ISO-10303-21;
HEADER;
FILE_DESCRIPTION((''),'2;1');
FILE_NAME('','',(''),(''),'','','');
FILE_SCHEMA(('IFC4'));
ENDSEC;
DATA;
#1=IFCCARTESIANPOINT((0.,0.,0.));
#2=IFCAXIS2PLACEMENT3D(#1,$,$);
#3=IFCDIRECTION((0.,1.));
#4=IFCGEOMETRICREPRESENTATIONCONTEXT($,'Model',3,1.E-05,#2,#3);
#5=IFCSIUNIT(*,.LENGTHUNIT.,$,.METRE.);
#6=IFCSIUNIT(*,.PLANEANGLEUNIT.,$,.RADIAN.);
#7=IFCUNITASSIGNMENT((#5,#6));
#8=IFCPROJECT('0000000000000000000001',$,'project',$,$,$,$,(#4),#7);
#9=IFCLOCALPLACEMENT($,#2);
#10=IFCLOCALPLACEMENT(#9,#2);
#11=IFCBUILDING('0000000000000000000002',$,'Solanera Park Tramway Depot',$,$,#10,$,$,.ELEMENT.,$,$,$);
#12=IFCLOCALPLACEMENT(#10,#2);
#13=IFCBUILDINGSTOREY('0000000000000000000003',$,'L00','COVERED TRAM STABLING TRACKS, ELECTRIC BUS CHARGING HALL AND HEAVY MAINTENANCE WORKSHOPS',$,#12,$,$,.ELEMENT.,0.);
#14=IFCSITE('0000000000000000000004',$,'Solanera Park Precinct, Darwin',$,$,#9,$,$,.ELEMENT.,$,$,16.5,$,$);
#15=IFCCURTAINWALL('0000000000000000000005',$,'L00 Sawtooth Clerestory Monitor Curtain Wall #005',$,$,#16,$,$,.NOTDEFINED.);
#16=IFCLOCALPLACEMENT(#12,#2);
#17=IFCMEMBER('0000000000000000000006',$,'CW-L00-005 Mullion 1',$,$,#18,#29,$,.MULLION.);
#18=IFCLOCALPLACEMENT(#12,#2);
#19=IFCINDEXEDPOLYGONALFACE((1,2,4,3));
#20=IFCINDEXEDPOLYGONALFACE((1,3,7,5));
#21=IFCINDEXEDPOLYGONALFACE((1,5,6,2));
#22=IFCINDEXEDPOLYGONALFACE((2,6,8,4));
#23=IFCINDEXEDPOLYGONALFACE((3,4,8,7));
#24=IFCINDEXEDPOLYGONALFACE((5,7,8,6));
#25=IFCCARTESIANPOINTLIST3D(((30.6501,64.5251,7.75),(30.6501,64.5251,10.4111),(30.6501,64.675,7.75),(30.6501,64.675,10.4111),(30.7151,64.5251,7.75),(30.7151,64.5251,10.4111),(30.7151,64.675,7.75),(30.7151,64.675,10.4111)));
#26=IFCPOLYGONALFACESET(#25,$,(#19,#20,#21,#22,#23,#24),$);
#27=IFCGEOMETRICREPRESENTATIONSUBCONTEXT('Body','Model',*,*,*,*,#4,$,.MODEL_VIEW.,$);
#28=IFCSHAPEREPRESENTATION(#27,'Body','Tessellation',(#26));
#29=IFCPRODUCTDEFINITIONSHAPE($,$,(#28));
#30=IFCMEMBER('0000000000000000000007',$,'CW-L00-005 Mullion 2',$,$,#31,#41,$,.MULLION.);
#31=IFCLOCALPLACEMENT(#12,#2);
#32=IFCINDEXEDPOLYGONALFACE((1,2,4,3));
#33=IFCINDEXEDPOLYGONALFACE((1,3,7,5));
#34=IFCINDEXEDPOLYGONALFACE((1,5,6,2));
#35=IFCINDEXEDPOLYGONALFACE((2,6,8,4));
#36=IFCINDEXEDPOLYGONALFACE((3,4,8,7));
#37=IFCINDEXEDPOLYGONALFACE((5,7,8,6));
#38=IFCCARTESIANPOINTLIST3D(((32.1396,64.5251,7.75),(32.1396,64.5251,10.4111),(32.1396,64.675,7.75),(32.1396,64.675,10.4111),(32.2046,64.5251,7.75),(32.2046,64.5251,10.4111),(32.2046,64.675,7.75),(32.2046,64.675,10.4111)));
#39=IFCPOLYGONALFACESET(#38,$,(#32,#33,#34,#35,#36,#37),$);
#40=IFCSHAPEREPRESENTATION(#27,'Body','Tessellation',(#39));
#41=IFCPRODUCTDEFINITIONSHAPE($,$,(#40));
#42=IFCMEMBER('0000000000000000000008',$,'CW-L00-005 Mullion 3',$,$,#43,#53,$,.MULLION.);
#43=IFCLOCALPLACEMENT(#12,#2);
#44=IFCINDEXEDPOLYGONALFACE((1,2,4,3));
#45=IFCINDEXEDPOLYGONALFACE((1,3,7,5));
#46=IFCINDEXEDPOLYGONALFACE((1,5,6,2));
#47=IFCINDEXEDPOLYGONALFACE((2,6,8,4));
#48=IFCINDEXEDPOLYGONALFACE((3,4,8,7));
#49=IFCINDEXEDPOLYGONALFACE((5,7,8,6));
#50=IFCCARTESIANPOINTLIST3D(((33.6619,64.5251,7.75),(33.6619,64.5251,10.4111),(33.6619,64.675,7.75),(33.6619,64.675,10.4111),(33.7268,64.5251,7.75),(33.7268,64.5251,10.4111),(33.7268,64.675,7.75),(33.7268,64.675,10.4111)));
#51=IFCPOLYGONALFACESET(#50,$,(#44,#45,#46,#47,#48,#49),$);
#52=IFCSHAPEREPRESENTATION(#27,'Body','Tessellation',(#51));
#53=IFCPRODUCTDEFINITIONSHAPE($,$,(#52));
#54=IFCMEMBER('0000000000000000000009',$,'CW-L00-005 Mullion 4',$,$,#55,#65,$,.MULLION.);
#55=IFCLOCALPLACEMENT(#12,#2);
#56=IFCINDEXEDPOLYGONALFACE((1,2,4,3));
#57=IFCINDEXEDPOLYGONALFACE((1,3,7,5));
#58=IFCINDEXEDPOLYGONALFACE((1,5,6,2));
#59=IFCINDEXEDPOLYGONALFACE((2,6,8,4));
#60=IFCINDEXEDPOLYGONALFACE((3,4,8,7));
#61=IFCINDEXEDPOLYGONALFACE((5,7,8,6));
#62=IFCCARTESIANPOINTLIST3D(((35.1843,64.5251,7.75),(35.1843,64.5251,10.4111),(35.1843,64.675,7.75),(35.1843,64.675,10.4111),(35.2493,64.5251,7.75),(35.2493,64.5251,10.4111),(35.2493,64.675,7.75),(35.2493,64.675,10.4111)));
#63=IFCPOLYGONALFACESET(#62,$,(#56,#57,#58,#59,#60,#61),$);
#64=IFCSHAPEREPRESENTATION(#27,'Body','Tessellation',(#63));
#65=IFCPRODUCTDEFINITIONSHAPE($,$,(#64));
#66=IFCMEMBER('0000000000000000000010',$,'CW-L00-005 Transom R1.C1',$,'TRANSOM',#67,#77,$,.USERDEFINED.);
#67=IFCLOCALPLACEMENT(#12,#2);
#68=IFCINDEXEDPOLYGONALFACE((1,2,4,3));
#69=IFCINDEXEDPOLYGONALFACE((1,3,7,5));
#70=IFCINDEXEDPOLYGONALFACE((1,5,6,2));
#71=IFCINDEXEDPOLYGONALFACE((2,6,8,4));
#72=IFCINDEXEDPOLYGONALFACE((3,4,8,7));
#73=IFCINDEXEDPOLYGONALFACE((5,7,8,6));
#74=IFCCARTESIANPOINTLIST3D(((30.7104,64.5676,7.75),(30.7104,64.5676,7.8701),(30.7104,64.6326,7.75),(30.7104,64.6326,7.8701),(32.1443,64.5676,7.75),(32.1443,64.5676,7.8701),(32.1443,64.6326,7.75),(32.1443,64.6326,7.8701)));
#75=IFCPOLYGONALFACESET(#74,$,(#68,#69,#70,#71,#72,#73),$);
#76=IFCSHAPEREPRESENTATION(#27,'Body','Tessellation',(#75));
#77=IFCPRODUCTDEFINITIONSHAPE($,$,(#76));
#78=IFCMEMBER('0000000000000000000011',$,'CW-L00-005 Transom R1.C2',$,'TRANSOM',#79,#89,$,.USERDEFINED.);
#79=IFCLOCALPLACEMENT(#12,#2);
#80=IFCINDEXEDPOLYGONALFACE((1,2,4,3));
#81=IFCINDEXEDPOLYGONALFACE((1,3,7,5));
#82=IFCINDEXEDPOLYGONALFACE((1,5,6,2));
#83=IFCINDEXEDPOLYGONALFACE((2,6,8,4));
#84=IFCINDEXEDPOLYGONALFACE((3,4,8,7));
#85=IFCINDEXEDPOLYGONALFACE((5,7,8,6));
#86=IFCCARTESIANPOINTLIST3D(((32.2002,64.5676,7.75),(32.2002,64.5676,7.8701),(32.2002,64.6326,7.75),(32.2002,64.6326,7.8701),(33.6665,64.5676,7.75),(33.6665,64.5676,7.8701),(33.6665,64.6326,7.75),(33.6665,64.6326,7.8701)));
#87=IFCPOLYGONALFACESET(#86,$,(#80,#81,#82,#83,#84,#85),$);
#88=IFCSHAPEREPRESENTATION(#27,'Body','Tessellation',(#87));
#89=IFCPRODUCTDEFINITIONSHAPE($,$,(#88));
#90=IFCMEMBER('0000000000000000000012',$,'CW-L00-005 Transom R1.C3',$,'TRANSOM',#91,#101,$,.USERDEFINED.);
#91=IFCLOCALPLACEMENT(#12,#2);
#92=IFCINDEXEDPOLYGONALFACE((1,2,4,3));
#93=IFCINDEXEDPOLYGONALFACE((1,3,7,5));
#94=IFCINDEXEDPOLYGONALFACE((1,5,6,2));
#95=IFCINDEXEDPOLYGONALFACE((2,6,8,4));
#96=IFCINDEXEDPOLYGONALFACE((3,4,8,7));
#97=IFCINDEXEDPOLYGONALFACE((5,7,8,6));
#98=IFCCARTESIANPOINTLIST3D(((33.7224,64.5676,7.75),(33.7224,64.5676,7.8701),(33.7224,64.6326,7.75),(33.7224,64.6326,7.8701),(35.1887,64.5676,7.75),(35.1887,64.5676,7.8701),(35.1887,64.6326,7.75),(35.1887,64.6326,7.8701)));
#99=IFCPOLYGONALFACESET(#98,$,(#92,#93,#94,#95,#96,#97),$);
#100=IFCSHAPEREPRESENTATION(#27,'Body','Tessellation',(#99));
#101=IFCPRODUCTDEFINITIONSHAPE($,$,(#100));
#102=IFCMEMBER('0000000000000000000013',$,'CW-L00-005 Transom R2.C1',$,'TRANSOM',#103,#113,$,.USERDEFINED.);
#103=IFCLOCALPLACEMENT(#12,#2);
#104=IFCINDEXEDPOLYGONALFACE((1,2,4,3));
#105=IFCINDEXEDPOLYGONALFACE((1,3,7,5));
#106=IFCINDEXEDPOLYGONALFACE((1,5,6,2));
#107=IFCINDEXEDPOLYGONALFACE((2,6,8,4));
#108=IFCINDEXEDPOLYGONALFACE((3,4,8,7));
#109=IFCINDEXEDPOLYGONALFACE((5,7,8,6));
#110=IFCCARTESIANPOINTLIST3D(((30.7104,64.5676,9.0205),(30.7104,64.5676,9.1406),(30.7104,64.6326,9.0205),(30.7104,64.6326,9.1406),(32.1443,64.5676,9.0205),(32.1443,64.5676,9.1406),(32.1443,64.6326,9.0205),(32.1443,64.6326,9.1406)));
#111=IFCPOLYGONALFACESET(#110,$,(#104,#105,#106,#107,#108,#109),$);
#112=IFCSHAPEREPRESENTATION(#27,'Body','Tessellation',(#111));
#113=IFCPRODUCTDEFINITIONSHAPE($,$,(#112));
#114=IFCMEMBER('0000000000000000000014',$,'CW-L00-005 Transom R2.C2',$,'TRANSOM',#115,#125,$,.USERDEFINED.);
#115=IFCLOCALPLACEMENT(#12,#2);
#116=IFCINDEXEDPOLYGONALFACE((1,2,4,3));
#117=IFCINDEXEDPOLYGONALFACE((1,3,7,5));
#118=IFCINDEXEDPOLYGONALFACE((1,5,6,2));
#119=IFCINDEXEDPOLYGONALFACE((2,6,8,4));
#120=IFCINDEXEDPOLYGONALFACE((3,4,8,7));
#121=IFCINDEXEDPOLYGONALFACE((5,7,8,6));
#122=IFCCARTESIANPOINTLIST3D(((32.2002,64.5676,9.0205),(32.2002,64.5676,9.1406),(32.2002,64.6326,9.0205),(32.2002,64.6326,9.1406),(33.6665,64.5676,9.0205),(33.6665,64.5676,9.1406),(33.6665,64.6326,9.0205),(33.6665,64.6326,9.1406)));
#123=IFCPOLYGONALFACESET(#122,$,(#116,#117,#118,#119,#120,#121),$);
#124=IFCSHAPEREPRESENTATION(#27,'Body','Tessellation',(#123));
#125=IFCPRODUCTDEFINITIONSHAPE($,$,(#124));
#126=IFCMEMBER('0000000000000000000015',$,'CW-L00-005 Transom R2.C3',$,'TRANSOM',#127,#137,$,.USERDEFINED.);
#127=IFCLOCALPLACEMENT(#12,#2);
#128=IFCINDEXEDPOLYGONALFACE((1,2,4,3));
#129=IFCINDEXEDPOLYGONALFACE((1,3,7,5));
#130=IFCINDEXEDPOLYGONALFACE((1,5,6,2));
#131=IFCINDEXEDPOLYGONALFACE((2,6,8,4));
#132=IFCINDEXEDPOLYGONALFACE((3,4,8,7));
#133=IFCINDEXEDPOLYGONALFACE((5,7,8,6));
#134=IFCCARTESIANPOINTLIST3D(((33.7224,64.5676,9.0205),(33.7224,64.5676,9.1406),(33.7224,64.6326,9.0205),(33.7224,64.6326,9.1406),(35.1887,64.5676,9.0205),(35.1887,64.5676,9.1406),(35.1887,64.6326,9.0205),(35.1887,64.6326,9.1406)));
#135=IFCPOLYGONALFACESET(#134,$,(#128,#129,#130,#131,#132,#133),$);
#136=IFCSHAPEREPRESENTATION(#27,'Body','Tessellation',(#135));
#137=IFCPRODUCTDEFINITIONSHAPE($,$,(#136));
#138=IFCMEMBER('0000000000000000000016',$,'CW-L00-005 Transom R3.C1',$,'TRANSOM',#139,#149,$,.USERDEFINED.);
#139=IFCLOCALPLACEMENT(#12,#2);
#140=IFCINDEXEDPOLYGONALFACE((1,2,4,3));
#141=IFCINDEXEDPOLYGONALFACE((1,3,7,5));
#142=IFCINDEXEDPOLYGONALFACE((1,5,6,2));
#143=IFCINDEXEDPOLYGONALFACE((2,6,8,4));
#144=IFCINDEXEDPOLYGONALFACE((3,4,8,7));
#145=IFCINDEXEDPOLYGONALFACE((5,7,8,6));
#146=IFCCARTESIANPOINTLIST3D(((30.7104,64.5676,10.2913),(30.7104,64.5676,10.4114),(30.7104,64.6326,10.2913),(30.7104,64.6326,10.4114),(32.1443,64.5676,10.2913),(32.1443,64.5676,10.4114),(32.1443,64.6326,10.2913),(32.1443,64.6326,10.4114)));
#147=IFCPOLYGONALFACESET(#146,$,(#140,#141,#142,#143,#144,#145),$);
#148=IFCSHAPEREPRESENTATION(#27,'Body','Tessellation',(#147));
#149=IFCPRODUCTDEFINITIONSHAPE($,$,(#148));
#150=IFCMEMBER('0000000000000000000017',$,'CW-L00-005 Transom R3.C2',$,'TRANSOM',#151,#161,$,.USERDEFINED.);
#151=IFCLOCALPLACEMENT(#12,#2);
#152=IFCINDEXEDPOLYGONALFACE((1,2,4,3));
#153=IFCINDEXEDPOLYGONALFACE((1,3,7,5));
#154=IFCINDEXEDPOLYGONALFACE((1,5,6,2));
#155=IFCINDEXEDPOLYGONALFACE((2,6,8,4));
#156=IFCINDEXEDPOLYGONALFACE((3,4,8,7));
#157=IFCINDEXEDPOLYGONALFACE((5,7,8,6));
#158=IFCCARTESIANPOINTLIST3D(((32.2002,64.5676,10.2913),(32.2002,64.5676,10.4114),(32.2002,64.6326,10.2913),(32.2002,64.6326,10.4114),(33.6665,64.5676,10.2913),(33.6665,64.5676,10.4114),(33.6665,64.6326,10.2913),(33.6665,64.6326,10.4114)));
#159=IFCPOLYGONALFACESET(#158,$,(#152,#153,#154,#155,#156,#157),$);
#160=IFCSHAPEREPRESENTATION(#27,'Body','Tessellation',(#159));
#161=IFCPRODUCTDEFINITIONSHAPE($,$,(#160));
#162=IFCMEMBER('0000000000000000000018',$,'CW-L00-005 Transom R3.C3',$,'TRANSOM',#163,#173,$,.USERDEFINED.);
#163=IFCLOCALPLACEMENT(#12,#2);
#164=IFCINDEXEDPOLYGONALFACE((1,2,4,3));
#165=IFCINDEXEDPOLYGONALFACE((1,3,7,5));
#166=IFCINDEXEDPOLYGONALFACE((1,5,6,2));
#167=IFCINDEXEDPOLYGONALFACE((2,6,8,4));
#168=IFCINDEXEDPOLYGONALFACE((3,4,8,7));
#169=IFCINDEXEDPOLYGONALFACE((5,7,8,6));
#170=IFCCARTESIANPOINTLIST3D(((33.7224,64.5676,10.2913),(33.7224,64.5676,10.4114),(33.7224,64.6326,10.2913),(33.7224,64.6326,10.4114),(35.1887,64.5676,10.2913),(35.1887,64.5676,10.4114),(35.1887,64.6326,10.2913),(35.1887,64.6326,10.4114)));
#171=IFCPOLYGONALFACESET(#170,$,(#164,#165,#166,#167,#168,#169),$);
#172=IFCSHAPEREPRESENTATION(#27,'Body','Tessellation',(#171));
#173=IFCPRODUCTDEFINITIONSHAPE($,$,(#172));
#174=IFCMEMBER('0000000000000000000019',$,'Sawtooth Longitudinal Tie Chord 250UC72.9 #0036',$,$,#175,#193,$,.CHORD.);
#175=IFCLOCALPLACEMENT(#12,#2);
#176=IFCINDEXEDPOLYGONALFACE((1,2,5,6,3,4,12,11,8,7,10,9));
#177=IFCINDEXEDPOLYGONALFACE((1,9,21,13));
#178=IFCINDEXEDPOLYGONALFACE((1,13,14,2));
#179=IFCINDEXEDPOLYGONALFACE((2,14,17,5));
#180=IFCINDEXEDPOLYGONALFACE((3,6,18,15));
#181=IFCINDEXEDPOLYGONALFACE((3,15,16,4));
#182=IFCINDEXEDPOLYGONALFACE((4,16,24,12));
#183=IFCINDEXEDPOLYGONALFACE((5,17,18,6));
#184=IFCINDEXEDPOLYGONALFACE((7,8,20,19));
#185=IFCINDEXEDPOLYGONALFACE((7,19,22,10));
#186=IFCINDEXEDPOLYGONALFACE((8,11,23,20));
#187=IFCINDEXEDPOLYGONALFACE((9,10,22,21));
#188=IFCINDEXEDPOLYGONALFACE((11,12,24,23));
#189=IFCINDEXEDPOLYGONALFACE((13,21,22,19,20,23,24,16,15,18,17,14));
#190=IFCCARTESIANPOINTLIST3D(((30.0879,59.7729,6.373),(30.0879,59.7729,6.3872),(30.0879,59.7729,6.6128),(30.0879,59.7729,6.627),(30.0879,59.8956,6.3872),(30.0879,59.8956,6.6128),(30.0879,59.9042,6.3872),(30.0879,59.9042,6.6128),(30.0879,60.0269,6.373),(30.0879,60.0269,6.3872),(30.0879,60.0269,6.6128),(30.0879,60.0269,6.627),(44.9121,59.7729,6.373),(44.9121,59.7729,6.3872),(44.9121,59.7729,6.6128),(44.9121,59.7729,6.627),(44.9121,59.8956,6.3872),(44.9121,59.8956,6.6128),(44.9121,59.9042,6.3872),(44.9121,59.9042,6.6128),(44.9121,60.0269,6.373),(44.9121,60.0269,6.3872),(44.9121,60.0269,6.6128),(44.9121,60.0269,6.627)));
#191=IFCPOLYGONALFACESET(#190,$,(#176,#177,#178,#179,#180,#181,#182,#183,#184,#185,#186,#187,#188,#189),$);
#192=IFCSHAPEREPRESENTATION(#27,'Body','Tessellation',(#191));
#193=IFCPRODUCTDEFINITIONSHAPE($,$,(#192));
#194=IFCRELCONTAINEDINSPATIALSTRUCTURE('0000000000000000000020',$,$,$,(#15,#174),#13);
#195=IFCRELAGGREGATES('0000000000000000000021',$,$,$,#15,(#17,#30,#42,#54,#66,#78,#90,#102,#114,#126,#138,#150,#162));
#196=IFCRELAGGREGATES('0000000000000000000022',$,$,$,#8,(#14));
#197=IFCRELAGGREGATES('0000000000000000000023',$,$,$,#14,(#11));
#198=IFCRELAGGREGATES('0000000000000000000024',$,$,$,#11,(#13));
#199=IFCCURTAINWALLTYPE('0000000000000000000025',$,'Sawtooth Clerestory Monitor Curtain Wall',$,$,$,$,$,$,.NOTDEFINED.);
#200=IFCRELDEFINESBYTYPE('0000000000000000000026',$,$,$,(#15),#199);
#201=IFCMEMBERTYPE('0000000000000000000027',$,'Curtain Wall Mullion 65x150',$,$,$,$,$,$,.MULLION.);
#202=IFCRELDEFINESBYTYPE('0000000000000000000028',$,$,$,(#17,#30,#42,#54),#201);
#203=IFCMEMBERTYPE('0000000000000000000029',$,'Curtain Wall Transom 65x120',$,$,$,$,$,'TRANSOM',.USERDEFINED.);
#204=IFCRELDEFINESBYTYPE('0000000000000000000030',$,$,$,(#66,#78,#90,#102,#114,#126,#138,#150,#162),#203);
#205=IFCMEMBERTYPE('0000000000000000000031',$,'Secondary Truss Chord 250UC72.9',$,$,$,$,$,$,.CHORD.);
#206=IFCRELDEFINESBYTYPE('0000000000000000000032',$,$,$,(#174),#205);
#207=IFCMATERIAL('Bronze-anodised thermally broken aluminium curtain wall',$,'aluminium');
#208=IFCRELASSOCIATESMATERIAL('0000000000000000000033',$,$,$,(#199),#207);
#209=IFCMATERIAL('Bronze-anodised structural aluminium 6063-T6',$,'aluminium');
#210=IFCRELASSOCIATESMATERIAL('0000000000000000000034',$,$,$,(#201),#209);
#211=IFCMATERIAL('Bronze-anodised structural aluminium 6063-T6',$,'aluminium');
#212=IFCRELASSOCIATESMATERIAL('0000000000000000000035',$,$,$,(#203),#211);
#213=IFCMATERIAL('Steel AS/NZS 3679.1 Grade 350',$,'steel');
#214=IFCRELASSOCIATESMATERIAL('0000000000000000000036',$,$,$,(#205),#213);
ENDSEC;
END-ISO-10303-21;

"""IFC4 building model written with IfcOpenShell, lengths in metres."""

from ifc_helpers import new_model, si_unit, direction, frame, origin, origin_2d, place, context, subcontext, project, spatial, rectangle, i_section, extrude, material, material_profile, profile_set, type_object, element, aggregate, save


model = new_model("IFC4")

# Units and contexts
model_context = context("Model", 3, precision=1e-05, world=origin(), true_north=direction((0.0, 1.0)))
body_context = subcontext(model_context, "Body", "Model", "MODEL_VIEW")
ifc_project = project(units=[si_unit("LENGTHUNIT", "METRE"), si_unit("PLANEANGLEUNIT", "RADIAN")], contexts=[model_context])

# Site, building, storey
site_placement = place(None, origin())
site = spatial("IfcSite", under=ifc_project, at=site_placement, Name="Solanera Park Precinct, Darwin", CompositionType="ELEMENT", RefElevation=16.5)
building_placement = place(site_placement, origin())
building = spatial("IfcBuilding", under=site, at=building_placement, Name="Solanera Park Tramway Depot", CompositionType="ELEMENT")
storey_placement = place(building_placement, origin())
storey = spatial("IfcBuildingStorey", under=building, at=storey_placement, Name="L00", Description="COVERED TRAM STABLING TRACKS, ELECTRIC BUS CHARGING HALL AND HEAVY MAINTENANCE WORKSHOPS", CompositionType="ELEMENT", Elevation=0.0)

# Curtain wall, members
ifc_material_1 = material(Name="Bronze-anodised thermally broken aluminium curtain wall", Category="aluminium")
curtain_wall_type = type_object("IfcCurtainWallType", Name="Sawtooth Clerestory Monitor Curtain Wall", PredefinedType="NOTDEFINED", material=ifc_material_1)
curtain_wall_placement = place(storey_placement, origin())
curtain_wall = element("IfcCurtainWall", 1, at=curtain_wall_placement, inside=storey, type_object=curtain_wall_type, Name="L00 Sawtooth Clerestory Monitor Curtain Wall #005", PredefinedType="NOTDEFINED")
ifc_material_2 = material(Name="Bronze-anodised structural aluminium 6063-T6", Category="aluminium")
ifc_material_profile_1 = material_profile(ifc_material_2, rectangle(XDim=0.0649, YDim=0.1499, at=origin_2d()), Name="Curtain Wall Mullion 65x150")
ifc_profile_set_1 = profile_set([ifc_material_profile_1], Name="Bronze-anodised structural aluminium 6063-T6")
member_type_1 = type_object("IfcMemberType", Name="Curtain Wall Mullion 65x150", PredefinedType="MULLION", material=ifc_profile_set_1)
member_1_placement = place(storey_placement, frame((30.6826, 64.6001, 7.75), z_axis=(0.0, 0.0, 1.0), x_axis=(1.0, 0.0, 0.0)))
member_1 = element("IfcMember", 2, at=member_1_placement, type_object=member_type_1, Name="CW-L00-005 Mullion 1", PredefinedType="MULLION", context=body_context, shape_type="SweptSolid", body=[
    extrude(rectangle(XDim=0.0649, YDim=0.1499, at=origin_2d()), origin(), (0.0, 0.0, 1.0), 2.6611),
])
member_2_placement = place(storey_placement, frame((32.1721, 64.6001, 7.75), z_axis=(0.0, 0.0, 1.0), x_axis=(1.0, 0.0, 0.0)))
member_2 = element("IfcMember", 3, at=member_2_placement, type_object=member_type_1, Name="CW-L00-005 Mullion 2", PredefinedType="MULLION", context=body_context, shape_type="SweptSolid", body=[
    extrude(rectangle(XDim=0.0649, YDim=0.1499, at=origin_2d()), origin(), (0.0, 0.0, 1.0), 2.6611),
])
member_3_placement = place(storey_placement, frame((33.6943, 64.6001, 7.75), z_axis=(0.0, 0.0, 1.0), x_axis=(1.0, 0.0, 0.0)))
member_3 = element("IfcMember", 4, at=member_3_placement, type_object=member_type_1, Name="CW-L00-005 Mullion 3", PredefinedType="MULLION", context=body_context, shape_type="SweptSolid", body=[
    extrude(rectangle(XDim=0.0649, YDim=0.1499, at=origin_2d()), origin(), (0.0, 0.0, 1.0), 2.6611),
])
member_4_placement = place(storey_placement, frame((35.2168, 64.6001, 7.75), z_axis=(0.0, 0.0, 1.0), x_axis=(1.0, 0.0, 0.0)))
member_4 = element("IfcMember", 5, at=member_4_placement, type_object=member_type_1, Name="CW-L00-005 Mullion 4", PredefinedType="MULLION", context=body_context, shape_type="SweptSolid", body=[
    extrude(rectangle(XDim=0.0649, YDim=0.1499, at=origin_2d()), origin(), (0.0, 0.0, 1.0), 2.6611),
])
ifc_material_3 = material(Name="Bronze-anodised structural aluminium 6063-T6", Category="aluminium")
ifc_material_profile_2 = material_profile(ifc_material_3, rectangle(XDim=0.0649, YDim=0.1201, at=origin_2d()), Name="Curtain Wall Transom 65x120")
ifc_profile_set_2 = profile_set([ifc_material_profile_2], Name="Bronze-anodised structural aluminium 6063-T6")
member_type_2 = type_object("IfcMemberType", Name="Curtain Wall Transom 65x120", ElementType="TRANSOM", PredefinedType="USERDEFINED", material=ifc_profile_set_2)
member_5_placement = place(storey_placement, frame((30.7104, 64.6001, 7.8101), z_axis=(1.0, 0.0, 0.0), x_axis=(0.0, 1.0, 0.0)))
member_5 = element("IfcMember", 6, at=member_5_placement, type_object=member_type_2, Name="CW-L00-005 Transom R1.C1", ObjectType="TRANSOM", PredefinedType="USERDEFINED", context=body_context, shape_type="SweptSolid", body=[
    extrude(rectangle(XDim=0.0649, YDim=0.1201, at=origin_2d()), origin(), (0.0, 0.0, 1.0), 1.4338),
])
member_6_placement = place(storey_placement, frame((32.2002, 64.6001, 7.8101), z_axis=(1.0, 0.0, 0.0), x_axis=(0.0, 1.0, 0.0)))
member_6 = element("IfcMember", 7, at=member_6_placement, type_object=member_type_2, Name="CW-L00-005 Transom R1.C2", ObjectType="TRANSOM", PredefinedType="USERDEFINED", context=body_context, shape_type="SweptSolid", body=[
    extrude(rectangle(XDim=0.0649, YDim=0.1201, at=origin_2d()), origin(), (0.0, 0.0, 1.0), 1.4663),
])
member_7_placement = place(storey_placement, frame((33.7224, 64.6001, 7.8101), z_axis=(1.0, 0.0, 0.0), x_axis=(0.0, 1.0, 0.0)))
member_7 = element("IfcMember", 8, at=member_7_placement, type_object=member_type_2, Name="CW-L00-005 Transom R1.C3", ObjectType="TRANSOM", PredefinedType="USERDEFINED", context=body_context, shape_type="SweptSolid", body=[
    extrude(rectangle(XDim=0.0649, YDim=0.1201, at=origin_2d()), origin(), (0.0, 0.0, 1.0), 1.4663),
])
member_8_placement = place(storey_placement, frame((30.7104, 64.6001, 9.0806), z_axis=(1.0, 0.0, 0.0), x_axis=(0.0, 1.0, 0.0)))
member_8 = element("IfcMember", 9, at=member_8_placement, type_object=member_type_2, Name="CW-L00-005 Transom R2.C1", ObjectType="TRANSOM", PredefinedType="USERDEFINED", context=body_context, shape_type="SweptSolid", body=[
    extrude(rectangle(XDim=0.0649, YDim=0.1201, at=origin_2d()), origin(), (0.0, 0.0, 1.0), 1.4338),
])
member_9_placement = place(storey_placement, frame((32.2002, 64.6001, 9.0806), z_axis=(1.0, 0.0, 0.0), x_axis=(0.0, 1.0, 0.0)))
member_9 = element("IfcMember", 10, at=member_9_placement, type_object=member_type_2, Name="CW-L00-005 Transom R2.C2", ObjectType="TRANSOM", PredefinedType="USERDEFINED", context=body_context, shape_type="SweptSolid", body=[
    extrude(rectangle(XDim=0.0649, YDim=0.1201, at=origin_2d()), origin(), (0.0, 0.0, 1.0), 1.4663),
])
member_10_placement = place(storey_placement, frame((33.7224, 64.6001, 9.0806), z_axis=(1.0, 0.0, 0.0), x_axis=(0.0, 1.0, 0.0)))
member_10 = element("IfcMember", 11, at=member_10_placement, type_object=member_type_2, Name="CW-L00-005 Transom R2.C3", ObjectType="TRANSOM", PredefinedType="USERDEFINED", context=body_context, shape_type="SweptSolid", body=[
    extrude(rectangle(XDim=0.0649, YDim=0.1201, at=origin_2d()), origin(), (0.0, 0.0, 1.0), 1.4663),
])
member_11_placement = place(storey_placement, frame((30.7104, 64.6001, 10.3513), z_axis=(1.0, 0.0, 0.0), x_axis=(0.0, 1.0, 0.0)))
member_11 = element("IfcMember", 12, at=member_11_placement, type_object=member_type_2, Name="CW-L00-005 Transom R3.C1", ObjectType="TRANSOM", PredefinedType="USERDEFINED", context=body_context, shape_type="SweptSolid", body=[
    extrude(rectangle(XDim=0.0649, YDim=0.1201, at=origin_2d()), origin(), (0.0, 0.0, 1.0), 1.4338),
])
member_12_placement = place(storey_placement, frame((32.2002, 64.6001, 10.3513), z_axis=(1.0, 0.0, 0.0), x_axis=(0.0, 1.0, 0.0)))
member_12 = element("IfcMember", 13, at=member_12_placement, type_object=member_type_2, Name="CW-L00-005 Transom R3.C2", ObjectType="TRANSOM", PredefinedType="USERDEFINED", context=body_context, shape_type="SweptSolid", body=[
    extrude(rectangle(XDim=0.0649, YDim=0.1201, at=origin_2d()), origin(), (0.0, 0.0, 1.0), 1.4663),
])
member_13_placement = place(storey_placement, frame((33.7224, 64.6001, 10.3513), z_axis=(1.0, 0.0, 0.0), x_axis=(0.0, 1.0, 0.0)))
member_13 = element("IfcMember", 14, at=member_13_placement, type_object=member_type_2, Name="CW-L00-005 Transom R3.C3", ObjectType="TRANSOM", PredefinedType="USERDEFINED", context=body_context, shape_type="SweptSolid", body=[
    extrude(rectangle(XDim=0.0649, YDim=0.1201, at=origin_2d()), origin(), (0.0, 0.0, 1.0), 1.4663),
])

# Member
ifc_material_4 = material(Name="Steel AS/NZS 3679.1 Grade 350", Category="steel")
ifc_material_profile_3 = material_profile(ifc_material_4, i_section(OverallWidth=0.2539, OverallDepth=0.2539, WebThickness=0.0085, FlangeThickness=0.0142, at=origin_2d()), Name="250UC72.9")
ifc_profile_set_3 = profile_set([ifc_material_profile_3], Name="Steel AS/NZS 3679.1 Grade 350")
member_type_3 = type_object("IfcMemberType", Name="Secondary Truss Chord 250UC72.9", PredefinedType="CHORD", material=ifc_profile_set_3)
member_14_placement = place(storey_placement, frame((30.0879, 59.8999, 6.5), z_axis=(1.0, 0.0, 0.0), x_axis=(0.0, 1.0, 0.0)))
element("IfcMember", 15, at=member_14_placement, inside=storey, type_object=member_type_3, Name="Sawtooth Longitudinal Tie Chord 250UC72.9 #0036", PredefinedType="CHORD", context=body_context, shape_type="SweptSolid", body=[
    extrude(i_section(OverallWidth=0.2539, OverallDepth=0.2539, WebThickness=0.0085, FlangeThickness=0.0142, at=origin_2d()), origin(), (0.0, 0.0, 1.0), 14.8242),
])

aggregate(curtain_wall, [member_1, member_2, member_3, member_4, member_5, member_6, member_7, member_8, member_9, member_10, member_11, member_12, member_13])

save(model, "model.ifc")
